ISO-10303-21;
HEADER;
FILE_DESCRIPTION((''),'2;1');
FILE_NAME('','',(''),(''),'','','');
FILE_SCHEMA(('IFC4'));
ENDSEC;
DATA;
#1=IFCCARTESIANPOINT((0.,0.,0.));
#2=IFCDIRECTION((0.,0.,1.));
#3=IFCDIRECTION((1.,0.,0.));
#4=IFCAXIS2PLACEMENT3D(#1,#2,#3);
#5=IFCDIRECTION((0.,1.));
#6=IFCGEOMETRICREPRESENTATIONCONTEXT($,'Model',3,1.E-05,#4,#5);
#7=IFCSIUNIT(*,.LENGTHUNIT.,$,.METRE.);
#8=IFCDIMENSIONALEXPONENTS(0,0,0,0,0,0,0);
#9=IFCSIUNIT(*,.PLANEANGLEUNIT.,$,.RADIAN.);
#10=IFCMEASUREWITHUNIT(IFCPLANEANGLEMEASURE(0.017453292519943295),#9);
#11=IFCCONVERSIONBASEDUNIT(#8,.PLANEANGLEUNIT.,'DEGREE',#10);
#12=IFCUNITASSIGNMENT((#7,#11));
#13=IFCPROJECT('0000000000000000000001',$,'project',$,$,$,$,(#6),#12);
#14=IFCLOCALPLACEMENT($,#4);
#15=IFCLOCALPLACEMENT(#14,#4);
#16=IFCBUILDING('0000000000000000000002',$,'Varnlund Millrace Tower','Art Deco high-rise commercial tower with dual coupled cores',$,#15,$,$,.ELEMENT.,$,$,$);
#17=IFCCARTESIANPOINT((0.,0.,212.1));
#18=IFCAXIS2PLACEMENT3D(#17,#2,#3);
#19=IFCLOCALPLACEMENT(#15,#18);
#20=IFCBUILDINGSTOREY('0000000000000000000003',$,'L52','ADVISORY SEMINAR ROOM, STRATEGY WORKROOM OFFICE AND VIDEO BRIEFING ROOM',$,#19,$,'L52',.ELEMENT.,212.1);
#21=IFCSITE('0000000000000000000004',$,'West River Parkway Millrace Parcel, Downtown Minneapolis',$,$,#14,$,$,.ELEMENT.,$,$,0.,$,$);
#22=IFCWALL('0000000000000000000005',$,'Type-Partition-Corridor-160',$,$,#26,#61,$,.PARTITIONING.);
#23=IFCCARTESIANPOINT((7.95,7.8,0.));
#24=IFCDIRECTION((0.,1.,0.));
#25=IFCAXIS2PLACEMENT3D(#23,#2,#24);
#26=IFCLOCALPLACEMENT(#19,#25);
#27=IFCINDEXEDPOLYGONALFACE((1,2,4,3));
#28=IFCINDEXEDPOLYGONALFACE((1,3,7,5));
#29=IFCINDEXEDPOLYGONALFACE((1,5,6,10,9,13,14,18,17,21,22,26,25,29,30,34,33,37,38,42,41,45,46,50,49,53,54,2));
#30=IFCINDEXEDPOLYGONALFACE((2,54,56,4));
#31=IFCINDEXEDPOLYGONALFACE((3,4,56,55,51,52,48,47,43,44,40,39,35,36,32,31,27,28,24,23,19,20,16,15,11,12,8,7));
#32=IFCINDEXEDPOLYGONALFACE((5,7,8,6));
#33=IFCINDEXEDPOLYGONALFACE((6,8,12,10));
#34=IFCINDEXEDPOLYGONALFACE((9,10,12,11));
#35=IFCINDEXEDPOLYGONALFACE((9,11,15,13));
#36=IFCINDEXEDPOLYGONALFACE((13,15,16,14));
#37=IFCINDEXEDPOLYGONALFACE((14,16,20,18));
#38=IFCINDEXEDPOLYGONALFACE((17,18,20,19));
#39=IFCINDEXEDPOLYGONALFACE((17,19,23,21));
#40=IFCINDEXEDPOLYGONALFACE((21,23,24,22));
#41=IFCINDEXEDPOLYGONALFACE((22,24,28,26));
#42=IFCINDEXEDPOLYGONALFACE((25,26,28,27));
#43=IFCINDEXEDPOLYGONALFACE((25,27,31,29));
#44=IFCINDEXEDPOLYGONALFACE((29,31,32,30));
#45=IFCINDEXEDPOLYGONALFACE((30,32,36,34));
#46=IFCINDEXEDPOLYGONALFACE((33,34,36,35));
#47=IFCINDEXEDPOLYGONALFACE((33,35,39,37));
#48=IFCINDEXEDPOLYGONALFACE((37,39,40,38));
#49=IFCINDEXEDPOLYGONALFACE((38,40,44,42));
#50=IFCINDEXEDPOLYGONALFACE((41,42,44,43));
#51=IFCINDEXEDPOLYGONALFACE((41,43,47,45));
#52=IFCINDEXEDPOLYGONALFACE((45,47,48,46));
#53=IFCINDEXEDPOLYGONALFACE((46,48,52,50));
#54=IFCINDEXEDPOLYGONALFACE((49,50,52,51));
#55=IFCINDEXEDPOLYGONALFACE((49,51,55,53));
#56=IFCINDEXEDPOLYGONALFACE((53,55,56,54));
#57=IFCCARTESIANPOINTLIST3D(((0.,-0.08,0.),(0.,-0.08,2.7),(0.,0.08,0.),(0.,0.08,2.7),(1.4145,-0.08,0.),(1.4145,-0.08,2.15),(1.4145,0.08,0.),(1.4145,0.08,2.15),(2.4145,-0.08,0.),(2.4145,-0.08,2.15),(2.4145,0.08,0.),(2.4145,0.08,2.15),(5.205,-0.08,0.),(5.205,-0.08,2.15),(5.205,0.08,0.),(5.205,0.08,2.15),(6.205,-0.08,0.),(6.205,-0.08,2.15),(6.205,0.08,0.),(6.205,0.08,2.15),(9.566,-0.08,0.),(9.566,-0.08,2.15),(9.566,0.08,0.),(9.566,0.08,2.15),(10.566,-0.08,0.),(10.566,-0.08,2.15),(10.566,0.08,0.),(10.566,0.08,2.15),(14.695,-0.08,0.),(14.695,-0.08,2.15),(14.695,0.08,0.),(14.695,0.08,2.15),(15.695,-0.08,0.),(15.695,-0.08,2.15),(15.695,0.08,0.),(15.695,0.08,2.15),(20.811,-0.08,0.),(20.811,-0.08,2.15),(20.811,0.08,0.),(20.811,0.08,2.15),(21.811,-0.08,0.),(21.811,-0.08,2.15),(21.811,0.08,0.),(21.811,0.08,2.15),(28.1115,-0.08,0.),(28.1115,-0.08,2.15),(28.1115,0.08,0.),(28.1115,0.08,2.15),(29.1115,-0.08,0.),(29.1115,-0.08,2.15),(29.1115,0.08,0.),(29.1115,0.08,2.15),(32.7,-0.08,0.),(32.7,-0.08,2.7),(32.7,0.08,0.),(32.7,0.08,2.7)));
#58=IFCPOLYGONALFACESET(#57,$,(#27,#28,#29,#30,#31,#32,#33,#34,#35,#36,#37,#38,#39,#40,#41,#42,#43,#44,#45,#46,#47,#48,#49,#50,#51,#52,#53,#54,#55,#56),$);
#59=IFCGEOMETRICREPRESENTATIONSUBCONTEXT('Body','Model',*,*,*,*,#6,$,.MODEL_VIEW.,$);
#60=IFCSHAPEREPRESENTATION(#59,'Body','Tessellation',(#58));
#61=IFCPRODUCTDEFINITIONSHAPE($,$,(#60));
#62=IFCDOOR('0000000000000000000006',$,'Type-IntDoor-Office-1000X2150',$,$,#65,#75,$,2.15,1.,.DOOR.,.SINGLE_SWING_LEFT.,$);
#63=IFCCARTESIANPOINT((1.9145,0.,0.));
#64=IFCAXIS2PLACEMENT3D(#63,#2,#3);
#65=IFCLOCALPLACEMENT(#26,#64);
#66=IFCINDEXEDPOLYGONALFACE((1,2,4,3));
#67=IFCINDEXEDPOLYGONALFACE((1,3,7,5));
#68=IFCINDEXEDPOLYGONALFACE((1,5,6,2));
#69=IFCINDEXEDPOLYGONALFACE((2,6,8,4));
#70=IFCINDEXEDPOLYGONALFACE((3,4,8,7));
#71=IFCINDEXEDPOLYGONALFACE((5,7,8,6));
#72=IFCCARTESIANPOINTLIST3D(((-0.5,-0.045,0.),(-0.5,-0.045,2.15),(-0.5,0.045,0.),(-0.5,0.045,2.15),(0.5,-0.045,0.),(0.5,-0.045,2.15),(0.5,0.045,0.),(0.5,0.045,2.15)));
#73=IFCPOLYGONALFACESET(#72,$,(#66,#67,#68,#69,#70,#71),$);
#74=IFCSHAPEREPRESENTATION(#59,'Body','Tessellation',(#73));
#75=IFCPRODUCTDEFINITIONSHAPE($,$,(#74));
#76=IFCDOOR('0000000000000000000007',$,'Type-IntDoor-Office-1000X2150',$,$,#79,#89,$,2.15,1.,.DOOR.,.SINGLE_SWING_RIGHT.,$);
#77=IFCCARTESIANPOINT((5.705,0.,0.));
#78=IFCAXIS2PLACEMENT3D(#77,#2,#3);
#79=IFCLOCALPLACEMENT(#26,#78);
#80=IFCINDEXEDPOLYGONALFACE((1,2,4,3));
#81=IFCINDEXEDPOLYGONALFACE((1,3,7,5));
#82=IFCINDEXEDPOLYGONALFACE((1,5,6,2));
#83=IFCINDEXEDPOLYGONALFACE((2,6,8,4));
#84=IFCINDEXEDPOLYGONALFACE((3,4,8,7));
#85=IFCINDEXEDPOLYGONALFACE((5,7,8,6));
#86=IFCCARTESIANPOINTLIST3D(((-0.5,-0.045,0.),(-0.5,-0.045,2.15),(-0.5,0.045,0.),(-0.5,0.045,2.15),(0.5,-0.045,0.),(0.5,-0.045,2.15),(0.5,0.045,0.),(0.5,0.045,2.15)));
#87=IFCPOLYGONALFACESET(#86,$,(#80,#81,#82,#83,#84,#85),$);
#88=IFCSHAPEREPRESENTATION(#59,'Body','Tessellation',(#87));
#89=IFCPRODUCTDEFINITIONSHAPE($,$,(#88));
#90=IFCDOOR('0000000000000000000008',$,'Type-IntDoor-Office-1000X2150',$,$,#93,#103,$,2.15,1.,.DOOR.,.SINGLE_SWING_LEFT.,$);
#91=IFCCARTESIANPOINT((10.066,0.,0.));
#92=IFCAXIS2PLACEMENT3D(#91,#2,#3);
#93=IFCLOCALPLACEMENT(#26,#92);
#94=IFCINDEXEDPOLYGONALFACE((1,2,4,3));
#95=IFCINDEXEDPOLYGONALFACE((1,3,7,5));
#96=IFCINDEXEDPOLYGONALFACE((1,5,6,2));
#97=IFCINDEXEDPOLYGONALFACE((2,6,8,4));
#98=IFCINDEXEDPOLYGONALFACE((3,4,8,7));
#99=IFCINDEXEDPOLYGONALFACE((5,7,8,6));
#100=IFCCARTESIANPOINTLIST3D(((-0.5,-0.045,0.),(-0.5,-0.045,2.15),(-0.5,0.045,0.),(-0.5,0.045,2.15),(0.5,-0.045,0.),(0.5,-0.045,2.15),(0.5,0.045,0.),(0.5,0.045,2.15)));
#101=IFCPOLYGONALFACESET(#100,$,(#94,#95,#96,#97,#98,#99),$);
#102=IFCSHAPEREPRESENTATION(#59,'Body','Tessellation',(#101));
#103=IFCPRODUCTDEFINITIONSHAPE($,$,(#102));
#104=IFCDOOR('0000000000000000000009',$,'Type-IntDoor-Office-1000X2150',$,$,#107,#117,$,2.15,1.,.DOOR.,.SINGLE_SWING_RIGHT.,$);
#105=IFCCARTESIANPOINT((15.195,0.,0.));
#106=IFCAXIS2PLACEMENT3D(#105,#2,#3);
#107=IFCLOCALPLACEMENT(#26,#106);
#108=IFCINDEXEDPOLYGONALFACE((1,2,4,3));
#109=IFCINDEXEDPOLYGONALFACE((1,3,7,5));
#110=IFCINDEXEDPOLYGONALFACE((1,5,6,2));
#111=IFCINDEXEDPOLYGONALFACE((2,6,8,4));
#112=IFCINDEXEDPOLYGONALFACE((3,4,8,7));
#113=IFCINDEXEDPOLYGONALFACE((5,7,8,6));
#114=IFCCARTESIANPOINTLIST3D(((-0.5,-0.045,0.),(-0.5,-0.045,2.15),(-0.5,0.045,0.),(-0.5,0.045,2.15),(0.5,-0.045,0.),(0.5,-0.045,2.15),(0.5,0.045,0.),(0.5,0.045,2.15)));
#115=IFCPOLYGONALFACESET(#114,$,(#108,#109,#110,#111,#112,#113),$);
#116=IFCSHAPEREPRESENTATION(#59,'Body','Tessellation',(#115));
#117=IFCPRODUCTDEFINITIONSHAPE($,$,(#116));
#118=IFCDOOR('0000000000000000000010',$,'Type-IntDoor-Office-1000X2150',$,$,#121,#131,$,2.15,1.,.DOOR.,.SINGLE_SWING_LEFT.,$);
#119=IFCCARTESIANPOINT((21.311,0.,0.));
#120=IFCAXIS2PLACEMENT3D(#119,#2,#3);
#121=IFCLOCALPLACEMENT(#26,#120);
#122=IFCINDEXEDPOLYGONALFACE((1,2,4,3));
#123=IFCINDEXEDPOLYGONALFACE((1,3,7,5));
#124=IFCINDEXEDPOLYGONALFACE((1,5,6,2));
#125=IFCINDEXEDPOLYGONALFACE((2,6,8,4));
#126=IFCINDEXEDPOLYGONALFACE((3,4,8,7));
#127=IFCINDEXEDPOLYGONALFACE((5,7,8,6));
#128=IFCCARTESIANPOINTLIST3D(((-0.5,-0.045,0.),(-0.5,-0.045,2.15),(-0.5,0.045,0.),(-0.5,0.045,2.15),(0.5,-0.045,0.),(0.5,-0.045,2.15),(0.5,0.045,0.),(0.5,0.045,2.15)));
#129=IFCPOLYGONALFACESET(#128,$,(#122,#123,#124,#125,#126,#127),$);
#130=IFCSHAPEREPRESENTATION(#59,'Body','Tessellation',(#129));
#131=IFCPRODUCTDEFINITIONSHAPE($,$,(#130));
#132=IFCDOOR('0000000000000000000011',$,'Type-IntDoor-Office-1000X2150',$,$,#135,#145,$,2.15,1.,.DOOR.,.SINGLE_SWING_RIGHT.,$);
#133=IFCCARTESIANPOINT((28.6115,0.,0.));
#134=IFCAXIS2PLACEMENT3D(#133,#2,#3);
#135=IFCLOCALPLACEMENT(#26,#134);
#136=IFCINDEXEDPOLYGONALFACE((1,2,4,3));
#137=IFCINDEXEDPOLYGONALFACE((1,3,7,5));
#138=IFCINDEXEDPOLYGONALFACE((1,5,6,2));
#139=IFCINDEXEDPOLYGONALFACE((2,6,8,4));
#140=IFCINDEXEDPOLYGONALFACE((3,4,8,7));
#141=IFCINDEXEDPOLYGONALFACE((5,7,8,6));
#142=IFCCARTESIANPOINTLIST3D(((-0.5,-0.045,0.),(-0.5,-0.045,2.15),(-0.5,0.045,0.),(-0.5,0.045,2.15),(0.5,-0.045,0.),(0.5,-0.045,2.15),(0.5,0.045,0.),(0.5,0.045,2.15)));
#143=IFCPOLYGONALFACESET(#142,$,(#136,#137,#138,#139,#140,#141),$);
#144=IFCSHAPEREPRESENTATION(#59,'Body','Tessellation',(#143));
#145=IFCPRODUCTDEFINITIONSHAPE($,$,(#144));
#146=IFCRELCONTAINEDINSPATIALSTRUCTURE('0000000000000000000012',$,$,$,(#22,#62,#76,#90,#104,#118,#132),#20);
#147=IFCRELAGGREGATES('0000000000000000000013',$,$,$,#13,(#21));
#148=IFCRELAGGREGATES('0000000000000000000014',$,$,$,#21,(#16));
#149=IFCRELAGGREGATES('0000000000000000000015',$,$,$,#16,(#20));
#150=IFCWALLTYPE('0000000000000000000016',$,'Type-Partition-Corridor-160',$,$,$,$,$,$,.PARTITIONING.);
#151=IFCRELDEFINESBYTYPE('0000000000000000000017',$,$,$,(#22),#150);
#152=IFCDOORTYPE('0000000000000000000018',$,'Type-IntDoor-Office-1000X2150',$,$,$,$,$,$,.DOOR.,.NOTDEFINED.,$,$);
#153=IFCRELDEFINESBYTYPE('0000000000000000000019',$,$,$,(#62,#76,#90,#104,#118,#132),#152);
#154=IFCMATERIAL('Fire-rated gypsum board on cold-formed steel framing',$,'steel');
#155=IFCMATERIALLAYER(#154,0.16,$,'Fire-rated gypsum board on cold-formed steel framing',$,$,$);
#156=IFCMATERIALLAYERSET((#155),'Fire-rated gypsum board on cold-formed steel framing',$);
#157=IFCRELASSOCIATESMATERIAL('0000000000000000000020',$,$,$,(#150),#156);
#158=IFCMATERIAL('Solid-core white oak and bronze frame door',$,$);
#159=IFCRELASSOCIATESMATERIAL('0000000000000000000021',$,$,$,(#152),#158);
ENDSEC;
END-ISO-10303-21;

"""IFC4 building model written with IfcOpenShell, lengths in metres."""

from ifc_helpers import new_model, entity, si_unit, converted_unit, direction, frame, origin_with_axes, origin_2d_with_axis, place, context, subcontext, project, spatial, polyline, rectangle, outline, extrude, material, layer, layer_set, type_object, element, fill, save


model = new_model("IFC4")

# Units and contexts
model_context = context("Model", 3, precision=1e-05, world=origin_with_axes(), true_north=direction((0.0, 1.0)))
body_context = subcontext(model_context, "Body", "Model", "MODEL_VIEW")
ifc_project = project(units=[si_unit("LENGTHUNIT", "METRE"), converted_unit("PLANEANGLEUNIT", "DEGREE", entity("IfcPlaneAngleMeasure", 0.017453292519943295), si_unit("PLANEANGLEUNIT", "RADIAN"), dimensions=[0, 0, 0, 0, 0, 0, 0])], contexts=[model_context])

# Site, building, storey
site_placement = place(None, origin_with_axes())
site = spatial("IfcSite", under=ifc_project, at=site_placement, Name="West River Parkway Millrace Parcel, Downtown Minneapolis", CompositionType="ELEMENT", RefElevation=0.0)
building_placement = place(site_placement, origin_with_axes())
building = spatial("IfcBuilding", under=site, at=building_placement, Name="Varnlund Millrace Tower", Description="Art Deco high-rise commercial tower with dual coupled cores", CompositionType="ELEMENT")
storey_placement = place(building_placement, frame((0.0, 0.0, 212.1), z_axis=(0.0, 0.0, 1.0), x_axis=(1.0, 0.0, 0.0)))
storey = spatial("IfcBuildingStorey", under=building, at=storey_placement, Name="L52", Description="ADVISORY SEMINAR ROOM, STRATEGY WORKROOM OFFICE AND VIDEO BRIEFING ROOM", LongName="L52", CompositionType="ELEMENT", Elevation=212.1)

# Shared definitions
ifc_material_1 = material(Name="Fire-rated gypsum board on cold-formed steel framing", Category="steel")
ifc_layer_1 = layer(ifc_material_1, 0.16, Name="Fire-rated gypsum board on cold-formed steel framing")
ifc_layer_set_1 = layer_set([ifc_layer_1], Name="Fire-rated gypsum board on cold-formed steel framing")
wall_type_1 = type_object("IfcWallType", Name="Type-Partition-Corridor-160", PredefinedType="PARTITIONING", material=ifc_layer_set_1)

# Wall, openings, doors
ifc_material_2 = material(Name="Solid-core white oak and bronze frame door")
door_type_1 = type_object("IfcDoorType", Name="Type-IntDoor-Office-1000X2150", OperationType="NOTDEFINED", PredefinedType="DOOR", material=ifc_material_2)
wall_1_placement = place(storey_placement, frame((7.95, 7.8, 0.0), z_axis=(0.0, 0.0, 1.0), x_axis=(0.0, 1.0, 0.0)))
wall_1 = element("IfcWall", 1, at=wall_1_placement, inside=storey, type_object=wall_type_1, Name="Type-Partition-Corridor-160", PredefinedType="PARTITIONING", context=body_context, shape_type="SweptSolid", body=[
    extrude(outline(polyline([(0.0, -0.08), (32.7, -0.08), (32.7, 0.08), (0.0, 0.08), (0.0, -0.08)])), origin_with_axes(), (0.0, 0.0, 1.0), 2.7),
])
opening_1_placement = place(wall_1_placement, frame((1.9145, 0.0, 0.0), z_axis=(0.0, 0.0, 1.0), x_axis=(1.0, 0.0, 0.0)))
opening_1 = element("IfcOpeningElement", 2, at=opening_1_placement, cuts=wall_1, PredefinedType="OPENING", context=body_context, shape_type="SweptSolid", body=[
    extrude(rectangle(XDim=1.0, YDim=0.18, at=origin_2d_with_axis()), origin_with_axes(), (0.0, 0.0, 1.0), 2.15),
])
opening_2_placement = place(wall_1_placement, frame((5.705, 0.0, 0.0), z_axis=(0.0, 0.0, 1.0), x_axis=(1.0, 0.0, 0.0)))
opening_2 = element("IfcOpeningElement", 3, at=opening_2_placement, cuts=wall_1, PredefinedType="OPENING", context=body_context, shape_type="SweptSolid", body=[
    extrude(rectangle(XDim=1.0, YDim=0.18, at=origin_2d_with_axis()), origin_with_axes(), (0.0, 0.0, 1.0), 2.15),
])
opening_3_placement = place(wall_1_placement, frame((10.066, 0.0, 0.0), z_axis=(0.0, 0.0, 1.0), x_axis=(1.0, 0.0, 0.0)))
opening_3 = element("IfcOpeningElement", 4, at=opening_3_placement, cuts=wall_1, PredefinedType="OPENING", context=body_context, shape_type="SweptSolid", body=[
    extrude(rectangle(XDim=1.0, YDim=0.18, at=origin_2d_with_axis()), origin_with_axes(), (0.0, 0.0, 1.0), 2.15),
])
opening_4_placement = place(wall_1_placement, frame((15.195, 0.0, 0.0), z_axis=(0.0, 0.0, 1.0), x_axis=(1.0, 0.0, 0.0)))
opening_4 = element("IfcOpeningElement", 5, at=opening_4_placement, cuts=wall_1, PredefinedType="OPENING", context=body_context, shape_type="SweptSolid", body=[
    extrude(rectangle(XDim=1.0, YDim=0.18, at=origin_2d_with_axis()), origin_with_axes(), (0.0, 0.0, 1.0), 2.15),
])
opening_5_placement = place(wall_1_placement, frame((21.311, 0.0, 0.0), z_axis=(0.0, 0.0, 1.0), x_axis=(1.0, 0.0, 0.0)))
opening_5 = element("IfcOpeningElement", 6, at=opening_5_placement, cuts=wall_1, PredefinedType="OPENING", context=body_context, shape_type="SweptSolid", body=[
    extrude(rectangle(XDim=1.0, YDim=0.18, at=origin_2d_with_axis()), origin_with_axes(), (0.0, 0.0, 1.0), 2.15),
])
opening_6_placement = place(wall_1_placement, frame((28.6115, 0.0, 0.0), z_axis=(0.0, 0.0, 1.0), x_axis=(1.0, 0.0, 0.0)))
opening_6 = element("IfcOpeningElement", 7, at=opening_6_placement, cuts=wall_1, PredefinedType="OPENING", context=body_context, shape_type="SweptSolid", body=[
    extrude(rectangle(XDim=1.0, YDim=0.18, at=origin_2d_with_axis()), origin_with_axes(), (0.0, 0.0, 1.0), 2.15),
])
door_1_placement = place(wall_1_placement, frame((1.9145, 0.0, 0.0), z_axis=(0.0, 0.0, 1.0), x_axis=(1.0, 0.0, 0.0)))
door_1 = element("IfcDoor", 8, at=door_1_placement, inside=storey, type_object=door_type_1, Name="Type-IntDoor-Office-1000X2150", OperationType="SINGLE_SWING_LEFT", OverallHeight=2.15, OverallWidth=1.0, PredefinedType="DOOR", context=body_context, shape_type="SweptSolid", body=[
    extrude(rectangle(XDim=1.0, YDim=0.09, at=origin_2d_with_axis()), origin_with_axes(), (0.0, 0.0, 1.0), 2.15),
])
fill(opening_1, door_1)
door_2_placement = place(wall_1_placement, frame((5.705, 0.0, 0.0), z_axis=(0.0, 0.0, 1.0), x_axis=(1.0, 0.0, 0.0)))
door_2 = element("IfcDoor", 9, at=door_2_placement, inside=storey, type_object=door_type_1, Name="Type-IntDoor-Office-1000X2150", OperationType="SINGLE_SWING_RIGHT", OverallHeight=2.15, OverallWidth=1.0, PredefinedType="DOOR", context=body_context, shape_type="SweptSolid", body=[
    extrude(rectangle(XDim=1.0, YDim=0.09, at=origin_2d_with_axis()), origin_with_axes(), (0.0, 0.0, 1.0), 2.15),
])
fill(opening_2, door_2)
door_3_placement = place(wall_1_placement, frame((10.066, 0.0, 0.0), z_axis=(0.0, 0.0, 1.0), x_axis=(1.0, 0.0, 0.0)))
door_3 = element("IfcDoor", 10, at=door_3_placement, inside=storey, type_object=door_type_1, Name="Type-IntDoor-Office-1000X2150", OperationType="SINGLE_SWING_LEFT", OverallHeight=2.15, OverallWidth=1.0, PredefinedType="DOOR", context=body_context, shape_type="SweptSolid", body=[
    extrude(rectangle(XDim=1.0, YDim=0.09, at=origin_2d_with_axis()), origin_with_axes(), (0.0, 0.0, 1.0), 2.15),
])
fill(opening_3, door_3)
door_4_placement = place(wall_1_placement, frame((15.195, 0.0, 0.0), z_axis=(0.0, 0.0, 1.0), x_axis=(1.0, 0.0, 0.0)))
door_4 = element("IfcDoor", 11, at=door_4_placement, inside=storey, type_object=door_type_1, Name="Type-IntDoor-Office-1000X2150", OperationType="SINGLE_SWING_RIGHT", OverallHeight=2.15, OverallWidth=1.0, PredefinedType="DOOR", context=body_context, shape_type="SweptSolid", body=[
    extrude(rectangle(XDim=1.0, YDim=0.09, at=origin_2d_with_axis()), origin_with_axes(), (0.0, 0.0, 1.0), 2.15),
])
fill(opening_4, door_4)
door_5_placement = place(wall_1_placement, frame((21.311, 0.0, 0.0), z_axis=(0.0, 0.0, 1.0), x_axis=(1.0, 0.0, 0.0)))
door_5 = element("IfcDoor", 12, at=door_5_placement, inside=storey, type_object=door_type_1, Name="Type-IntDoor-Office-1000X2150", OperationType="SINGLE_SWING_LEFT", OverallHeight=2.15, OverallWidth=1.0, PredefinedType="DOOR", context=body_context, shape_type="SweptSolid", body=[
    extrude(rectangle(XDim=1.0, YDim=0.09, at=origin_2d_with_axis()), origin_with_axes(), (0.0, 0.0, 1.0), 2.15),
])
fill(opening_5, door_5)
door_6_placement = place(wall_1_placement, frame((28.6115, 0.0, 0.0), z_axis=(0.0, 0.0, 1.0), x_axis=(1.0, 0.0, 0.0)))
door_6 = element("IfcDoor", 13, at=door_6_placement, inside=storey, type_object=door_type_1, Name="Type-IntDoor-Office-1000X2150", OperationType="SINGLE_SWING_RIGHT", OverallHeight=2.15, OverallWidth=1.0, PredefinedType="DOOR", context=body_context, shape_type="SweptSolid", body=[
    extrude(rectangle(XDim=1.0, YDim=0.09, at=origin_2d_with_axis()), origin_with_axes(), (0.0, 0.0, 1.0), 2.15),
])
fill(opening_6, door_6)

save(model, "model.ifc")
